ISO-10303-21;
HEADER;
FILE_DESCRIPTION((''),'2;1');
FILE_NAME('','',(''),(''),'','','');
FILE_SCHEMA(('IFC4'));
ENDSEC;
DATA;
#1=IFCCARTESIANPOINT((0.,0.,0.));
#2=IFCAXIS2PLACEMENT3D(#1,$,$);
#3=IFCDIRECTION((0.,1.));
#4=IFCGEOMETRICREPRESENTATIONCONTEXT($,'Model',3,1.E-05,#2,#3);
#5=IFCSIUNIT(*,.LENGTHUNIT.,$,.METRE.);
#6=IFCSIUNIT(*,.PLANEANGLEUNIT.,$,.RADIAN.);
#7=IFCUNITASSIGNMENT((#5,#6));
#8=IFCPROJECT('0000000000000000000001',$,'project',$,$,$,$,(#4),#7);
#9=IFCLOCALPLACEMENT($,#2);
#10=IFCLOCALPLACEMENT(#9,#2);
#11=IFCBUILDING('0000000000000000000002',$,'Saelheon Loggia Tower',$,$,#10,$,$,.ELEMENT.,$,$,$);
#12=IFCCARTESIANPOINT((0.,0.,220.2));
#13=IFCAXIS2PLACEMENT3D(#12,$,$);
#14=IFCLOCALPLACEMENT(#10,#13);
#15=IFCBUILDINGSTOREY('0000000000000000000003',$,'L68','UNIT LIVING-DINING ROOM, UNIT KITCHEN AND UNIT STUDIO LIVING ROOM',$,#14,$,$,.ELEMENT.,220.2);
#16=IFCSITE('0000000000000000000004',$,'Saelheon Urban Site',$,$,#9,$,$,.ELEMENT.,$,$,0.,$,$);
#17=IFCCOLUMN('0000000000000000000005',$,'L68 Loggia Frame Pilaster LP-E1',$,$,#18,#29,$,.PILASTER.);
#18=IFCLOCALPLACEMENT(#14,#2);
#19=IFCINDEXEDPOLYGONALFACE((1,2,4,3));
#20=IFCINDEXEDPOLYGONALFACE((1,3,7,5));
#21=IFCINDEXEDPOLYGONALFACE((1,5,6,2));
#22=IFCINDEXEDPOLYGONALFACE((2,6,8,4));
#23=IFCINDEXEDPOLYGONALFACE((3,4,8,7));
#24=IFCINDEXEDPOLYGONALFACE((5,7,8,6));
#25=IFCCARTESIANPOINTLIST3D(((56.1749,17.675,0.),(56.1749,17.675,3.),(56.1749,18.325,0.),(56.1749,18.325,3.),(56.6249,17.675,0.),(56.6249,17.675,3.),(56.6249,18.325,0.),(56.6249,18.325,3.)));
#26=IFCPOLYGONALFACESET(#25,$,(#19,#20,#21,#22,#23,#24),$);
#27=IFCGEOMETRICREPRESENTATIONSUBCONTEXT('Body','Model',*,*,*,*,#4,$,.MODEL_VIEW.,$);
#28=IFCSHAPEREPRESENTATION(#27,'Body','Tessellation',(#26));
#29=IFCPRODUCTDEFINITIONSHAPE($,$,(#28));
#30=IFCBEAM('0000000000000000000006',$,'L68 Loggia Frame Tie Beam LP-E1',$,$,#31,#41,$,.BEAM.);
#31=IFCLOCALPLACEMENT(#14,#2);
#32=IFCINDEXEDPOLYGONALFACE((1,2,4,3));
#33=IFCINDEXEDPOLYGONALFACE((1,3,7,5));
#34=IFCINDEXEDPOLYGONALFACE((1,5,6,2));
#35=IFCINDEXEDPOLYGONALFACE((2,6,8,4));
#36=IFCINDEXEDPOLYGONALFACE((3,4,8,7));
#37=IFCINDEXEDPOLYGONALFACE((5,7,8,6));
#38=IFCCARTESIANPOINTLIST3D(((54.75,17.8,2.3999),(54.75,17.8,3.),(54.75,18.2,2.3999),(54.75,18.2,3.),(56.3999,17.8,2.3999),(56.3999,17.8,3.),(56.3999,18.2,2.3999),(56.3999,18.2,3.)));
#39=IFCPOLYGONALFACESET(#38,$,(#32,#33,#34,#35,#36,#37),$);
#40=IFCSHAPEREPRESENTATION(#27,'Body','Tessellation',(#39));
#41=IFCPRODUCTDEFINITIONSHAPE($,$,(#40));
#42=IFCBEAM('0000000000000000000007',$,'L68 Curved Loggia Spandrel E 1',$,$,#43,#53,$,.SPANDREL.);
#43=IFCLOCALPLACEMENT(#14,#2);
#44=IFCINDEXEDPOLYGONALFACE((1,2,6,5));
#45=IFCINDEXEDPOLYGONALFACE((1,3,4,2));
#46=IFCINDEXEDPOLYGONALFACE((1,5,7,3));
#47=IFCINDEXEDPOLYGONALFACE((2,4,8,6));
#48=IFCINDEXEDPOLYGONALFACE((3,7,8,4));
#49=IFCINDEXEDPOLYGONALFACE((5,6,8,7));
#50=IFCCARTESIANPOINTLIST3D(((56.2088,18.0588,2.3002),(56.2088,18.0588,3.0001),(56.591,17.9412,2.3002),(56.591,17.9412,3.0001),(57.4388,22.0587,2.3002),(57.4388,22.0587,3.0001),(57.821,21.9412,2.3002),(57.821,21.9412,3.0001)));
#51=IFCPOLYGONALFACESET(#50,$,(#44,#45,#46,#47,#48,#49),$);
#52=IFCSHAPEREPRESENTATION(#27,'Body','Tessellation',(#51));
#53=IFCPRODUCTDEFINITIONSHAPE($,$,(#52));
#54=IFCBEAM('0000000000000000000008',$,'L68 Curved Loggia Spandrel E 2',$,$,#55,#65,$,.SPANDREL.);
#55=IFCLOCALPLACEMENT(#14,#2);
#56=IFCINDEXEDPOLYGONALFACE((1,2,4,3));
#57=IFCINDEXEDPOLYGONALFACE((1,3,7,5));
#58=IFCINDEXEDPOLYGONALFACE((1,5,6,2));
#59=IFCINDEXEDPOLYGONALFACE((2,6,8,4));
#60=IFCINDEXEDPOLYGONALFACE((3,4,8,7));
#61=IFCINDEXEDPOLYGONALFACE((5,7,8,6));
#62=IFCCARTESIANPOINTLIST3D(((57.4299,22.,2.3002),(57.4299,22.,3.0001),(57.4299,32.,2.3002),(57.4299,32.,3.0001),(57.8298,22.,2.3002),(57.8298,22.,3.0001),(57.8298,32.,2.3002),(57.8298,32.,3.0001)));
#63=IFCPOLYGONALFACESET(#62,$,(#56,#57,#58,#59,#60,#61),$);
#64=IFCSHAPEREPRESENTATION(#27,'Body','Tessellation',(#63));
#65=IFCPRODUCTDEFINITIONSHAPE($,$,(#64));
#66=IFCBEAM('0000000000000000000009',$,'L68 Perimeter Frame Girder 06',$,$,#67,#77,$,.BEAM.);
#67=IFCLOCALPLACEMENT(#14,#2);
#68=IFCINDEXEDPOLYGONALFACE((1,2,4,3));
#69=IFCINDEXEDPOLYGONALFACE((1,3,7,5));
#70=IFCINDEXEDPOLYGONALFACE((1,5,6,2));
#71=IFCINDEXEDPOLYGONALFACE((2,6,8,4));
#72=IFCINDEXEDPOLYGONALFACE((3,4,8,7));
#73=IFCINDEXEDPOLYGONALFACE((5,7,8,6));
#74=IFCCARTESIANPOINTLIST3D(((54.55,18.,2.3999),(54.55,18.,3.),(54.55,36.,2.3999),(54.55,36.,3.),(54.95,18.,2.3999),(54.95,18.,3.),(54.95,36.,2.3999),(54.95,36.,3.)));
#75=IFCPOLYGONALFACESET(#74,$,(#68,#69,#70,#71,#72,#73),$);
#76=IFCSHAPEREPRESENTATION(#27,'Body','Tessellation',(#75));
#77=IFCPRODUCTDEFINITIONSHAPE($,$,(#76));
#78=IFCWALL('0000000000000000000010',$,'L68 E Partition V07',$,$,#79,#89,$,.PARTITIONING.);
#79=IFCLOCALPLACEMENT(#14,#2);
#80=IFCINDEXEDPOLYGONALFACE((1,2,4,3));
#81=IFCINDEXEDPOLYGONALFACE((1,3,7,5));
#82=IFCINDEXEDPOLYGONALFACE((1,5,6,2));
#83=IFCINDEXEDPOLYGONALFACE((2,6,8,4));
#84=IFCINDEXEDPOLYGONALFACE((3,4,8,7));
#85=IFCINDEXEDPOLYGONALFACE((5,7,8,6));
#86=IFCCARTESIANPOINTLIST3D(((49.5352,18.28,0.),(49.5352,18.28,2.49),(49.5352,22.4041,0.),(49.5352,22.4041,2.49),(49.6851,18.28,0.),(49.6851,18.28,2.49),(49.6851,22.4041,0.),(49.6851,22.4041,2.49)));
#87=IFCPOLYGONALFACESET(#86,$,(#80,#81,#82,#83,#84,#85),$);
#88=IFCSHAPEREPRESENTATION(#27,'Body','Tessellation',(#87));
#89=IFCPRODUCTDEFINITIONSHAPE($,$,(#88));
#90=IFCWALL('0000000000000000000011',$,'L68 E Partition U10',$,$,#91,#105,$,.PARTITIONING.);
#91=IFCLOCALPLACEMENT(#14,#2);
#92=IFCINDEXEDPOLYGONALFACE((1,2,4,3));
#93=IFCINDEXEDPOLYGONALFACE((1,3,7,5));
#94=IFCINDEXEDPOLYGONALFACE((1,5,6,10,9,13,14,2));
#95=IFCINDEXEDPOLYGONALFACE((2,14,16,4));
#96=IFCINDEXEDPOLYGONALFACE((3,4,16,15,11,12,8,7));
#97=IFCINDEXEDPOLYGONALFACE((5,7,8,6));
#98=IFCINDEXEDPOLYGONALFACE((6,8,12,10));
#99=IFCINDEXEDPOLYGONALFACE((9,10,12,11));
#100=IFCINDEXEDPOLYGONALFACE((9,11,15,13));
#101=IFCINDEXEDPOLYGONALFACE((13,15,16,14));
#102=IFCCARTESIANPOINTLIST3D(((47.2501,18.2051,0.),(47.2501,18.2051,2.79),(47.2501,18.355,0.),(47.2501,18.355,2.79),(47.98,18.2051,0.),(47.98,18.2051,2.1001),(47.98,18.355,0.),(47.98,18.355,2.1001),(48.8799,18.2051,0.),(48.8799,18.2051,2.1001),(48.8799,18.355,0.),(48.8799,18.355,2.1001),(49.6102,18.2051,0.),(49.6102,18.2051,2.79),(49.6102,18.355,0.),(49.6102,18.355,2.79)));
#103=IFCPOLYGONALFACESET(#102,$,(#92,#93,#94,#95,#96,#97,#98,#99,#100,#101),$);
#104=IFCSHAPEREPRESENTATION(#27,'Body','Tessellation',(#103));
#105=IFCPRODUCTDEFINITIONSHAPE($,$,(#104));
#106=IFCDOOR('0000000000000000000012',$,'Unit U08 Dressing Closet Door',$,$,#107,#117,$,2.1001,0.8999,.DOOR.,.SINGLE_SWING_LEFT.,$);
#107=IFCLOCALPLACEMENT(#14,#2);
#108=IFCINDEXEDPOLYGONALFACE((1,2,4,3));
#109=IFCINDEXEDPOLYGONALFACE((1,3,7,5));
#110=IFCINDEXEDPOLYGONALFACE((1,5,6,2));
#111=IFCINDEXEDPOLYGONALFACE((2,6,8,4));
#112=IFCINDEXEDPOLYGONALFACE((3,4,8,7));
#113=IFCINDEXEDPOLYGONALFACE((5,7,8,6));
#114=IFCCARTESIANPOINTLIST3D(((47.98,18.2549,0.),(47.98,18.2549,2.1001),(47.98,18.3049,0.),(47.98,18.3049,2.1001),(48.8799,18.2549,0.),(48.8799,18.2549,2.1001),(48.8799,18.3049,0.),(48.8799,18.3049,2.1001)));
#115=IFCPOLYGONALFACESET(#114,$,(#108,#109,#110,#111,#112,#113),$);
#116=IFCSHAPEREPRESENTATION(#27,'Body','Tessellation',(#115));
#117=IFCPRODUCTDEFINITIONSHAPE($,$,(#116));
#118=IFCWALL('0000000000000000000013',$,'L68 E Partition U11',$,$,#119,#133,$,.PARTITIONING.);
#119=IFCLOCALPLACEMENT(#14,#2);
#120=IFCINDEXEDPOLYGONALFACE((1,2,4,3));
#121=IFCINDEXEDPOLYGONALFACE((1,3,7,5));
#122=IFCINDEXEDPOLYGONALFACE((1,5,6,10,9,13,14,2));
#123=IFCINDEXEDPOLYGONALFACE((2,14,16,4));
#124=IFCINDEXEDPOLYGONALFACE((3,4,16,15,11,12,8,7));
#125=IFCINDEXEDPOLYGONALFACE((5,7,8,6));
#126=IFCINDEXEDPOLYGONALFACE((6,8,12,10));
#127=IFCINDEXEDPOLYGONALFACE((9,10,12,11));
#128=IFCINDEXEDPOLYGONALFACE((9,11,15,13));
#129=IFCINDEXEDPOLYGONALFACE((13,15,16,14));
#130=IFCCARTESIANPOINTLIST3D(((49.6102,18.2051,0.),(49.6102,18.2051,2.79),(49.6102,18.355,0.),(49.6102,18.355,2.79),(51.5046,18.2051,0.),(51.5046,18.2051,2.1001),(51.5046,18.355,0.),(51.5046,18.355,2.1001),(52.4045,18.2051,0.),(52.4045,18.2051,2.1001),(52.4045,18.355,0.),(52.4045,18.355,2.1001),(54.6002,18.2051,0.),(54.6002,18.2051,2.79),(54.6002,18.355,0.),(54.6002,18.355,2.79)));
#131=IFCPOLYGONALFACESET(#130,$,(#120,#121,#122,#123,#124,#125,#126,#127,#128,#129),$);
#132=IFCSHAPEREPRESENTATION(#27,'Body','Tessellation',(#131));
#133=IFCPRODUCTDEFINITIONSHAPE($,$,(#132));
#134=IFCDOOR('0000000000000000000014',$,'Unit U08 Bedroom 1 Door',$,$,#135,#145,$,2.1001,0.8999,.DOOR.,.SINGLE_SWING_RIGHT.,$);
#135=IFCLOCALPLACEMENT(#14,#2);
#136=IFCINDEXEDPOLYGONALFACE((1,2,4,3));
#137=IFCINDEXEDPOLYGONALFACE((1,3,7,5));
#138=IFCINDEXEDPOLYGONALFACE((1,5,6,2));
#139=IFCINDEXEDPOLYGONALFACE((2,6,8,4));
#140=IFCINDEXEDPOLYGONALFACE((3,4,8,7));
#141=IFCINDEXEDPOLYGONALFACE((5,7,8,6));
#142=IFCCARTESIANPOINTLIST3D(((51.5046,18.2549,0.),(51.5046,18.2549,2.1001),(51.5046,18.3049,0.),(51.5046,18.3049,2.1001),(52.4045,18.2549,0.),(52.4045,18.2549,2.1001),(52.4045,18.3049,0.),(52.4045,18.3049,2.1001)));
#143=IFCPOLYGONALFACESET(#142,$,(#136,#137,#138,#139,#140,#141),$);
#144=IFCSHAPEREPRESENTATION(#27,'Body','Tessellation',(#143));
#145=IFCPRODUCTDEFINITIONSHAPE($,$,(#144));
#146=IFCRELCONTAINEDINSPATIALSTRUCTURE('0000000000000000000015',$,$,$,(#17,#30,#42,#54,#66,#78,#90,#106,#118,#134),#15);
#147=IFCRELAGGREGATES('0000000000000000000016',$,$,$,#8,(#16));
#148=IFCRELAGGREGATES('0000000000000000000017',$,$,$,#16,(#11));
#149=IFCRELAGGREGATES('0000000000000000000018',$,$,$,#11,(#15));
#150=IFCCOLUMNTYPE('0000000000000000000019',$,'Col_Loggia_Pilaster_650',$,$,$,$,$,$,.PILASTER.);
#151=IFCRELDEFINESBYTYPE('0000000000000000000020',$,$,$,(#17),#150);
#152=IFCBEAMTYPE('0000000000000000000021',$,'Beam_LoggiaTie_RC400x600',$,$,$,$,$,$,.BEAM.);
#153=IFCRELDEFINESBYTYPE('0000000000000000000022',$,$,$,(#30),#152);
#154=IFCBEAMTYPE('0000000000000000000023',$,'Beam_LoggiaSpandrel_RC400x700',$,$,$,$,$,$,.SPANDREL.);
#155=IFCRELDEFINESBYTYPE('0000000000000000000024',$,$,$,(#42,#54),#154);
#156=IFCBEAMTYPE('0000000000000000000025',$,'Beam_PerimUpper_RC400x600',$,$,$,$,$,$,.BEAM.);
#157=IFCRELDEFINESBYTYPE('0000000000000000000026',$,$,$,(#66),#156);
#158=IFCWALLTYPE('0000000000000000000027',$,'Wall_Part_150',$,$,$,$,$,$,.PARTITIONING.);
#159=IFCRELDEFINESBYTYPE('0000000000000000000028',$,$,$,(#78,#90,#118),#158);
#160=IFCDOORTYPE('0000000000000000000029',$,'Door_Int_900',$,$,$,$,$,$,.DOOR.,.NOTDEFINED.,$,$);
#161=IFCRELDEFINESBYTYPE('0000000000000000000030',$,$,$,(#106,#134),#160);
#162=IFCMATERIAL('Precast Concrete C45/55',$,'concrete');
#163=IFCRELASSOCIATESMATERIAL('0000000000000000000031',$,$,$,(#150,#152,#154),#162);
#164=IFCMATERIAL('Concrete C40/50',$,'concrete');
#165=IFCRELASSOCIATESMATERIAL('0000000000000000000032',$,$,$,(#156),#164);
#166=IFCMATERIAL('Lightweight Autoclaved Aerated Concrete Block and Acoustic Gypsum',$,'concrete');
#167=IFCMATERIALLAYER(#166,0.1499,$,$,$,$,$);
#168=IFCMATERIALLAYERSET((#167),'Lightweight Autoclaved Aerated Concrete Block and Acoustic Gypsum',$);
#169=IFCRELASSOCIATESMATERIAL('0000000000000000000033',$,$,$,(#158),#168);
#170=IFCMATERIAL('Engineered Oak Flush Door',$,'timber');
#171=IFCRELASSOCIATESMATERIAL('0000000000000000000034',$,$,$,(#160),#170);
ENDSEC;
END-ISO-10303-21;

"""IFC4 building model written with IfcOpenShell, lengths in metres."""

from ifc_helpers import new_model, si_unit, direction, frame, frame_2d, origin, origin_2d, place, context, subcontext, project, spatial, rectangle, extrude, source, transform, mapped, material, layer, layer_set, material_profile, profile_set, type_object, element, fill, save


model = new_model("IFC4")

# Units and contexts
model_context = context("Model", 3, precision=1e-05, world=origin(), true_north=direction((0.0, 1.0)))
body_context = subcontext(model_context, "Body", "Model", "MODEL_VIEW")
ifc_project = project(units=[si_unit("LENGTHUNIT", "METRE"), si_unit("PLANEANGLEUNIT", "RADIAN")], contexts=[model_context])

# Site, building, storey
site_placement = place(None, origin())
site = spatial("IfcSite", under=ifc_project, at=site_placement, Name="Saelheon Urban Site", CompositionType="ELEMENT", RefElevation=0.0)
building_placement = place(site_placement, origin())
building = spatial("IfcBuilding", under=site, at=building_placement, Name="Saelheon Loggia Tower", CompositionType="ELEMENT")
storey_placement = place(building_placement, frame((0.0, 0.0, 220.2)))
storey = spatial("IfcBuildingStorey", under=building, at=storey_placement, Name="L68", Description="UNIT LIVING-DINING ROOM, UNIT KITCHEN AND UNIT STUDIO LIVING ROOM", CompositionType="ELEMENT", Elevation=220.2)

# Column
ifc_material_1 = material(Name="Precast Concrete C45/55", Category="concrete")
ifc_material_profile_1 = material_profile(ifc_material_1, rectangle(XDim=0.45, YDim=0.6499, at=origin_2d()), Name="RC-450x650")
ifc_profile_set_1 = profile_set([ifc_material_profile_1], Name="Precast Concrete C45/55")
column_type = type_object("IfcColumnType", Name="Col_Loggia_Pilaster_650", PredefinedType="PILASTER", material=ifc_profile_set_1)
shared_shape_1 = source(origin(), body_context, "Body", "SweptSolid", [
    extrude(rectangle(XDim=0.45, YDim=0.6499, at=origin_2d()), origin(), (0.0, 0.0, 1.0), 3.0),
])
column_placement = place(storey_placement, frame((56.3999, 18.0, 0.0), z_axis=(0.0, 0.0, 1.0), x_axis=(1.0, 0.0, 0.0)))
element("IfcColumn", 1, at=column_placement, inside=storey, type_object=column_type, Name="L68 Loggia Frame Pilaster LP-E1", PredefinedType="PILASTER", context=body_context, shape_type="MappedRepresentation", body=[
    mapped(shared_shape_1, transform((0.0, 0.0, 0.0), scale=1.0)),
])

# Beams
ifc_material_profile_2 = material_profile(ifc_material_1, rectangle(XDim=0.3999, YDim=0.6001, at=origin_2d()), Name="RC-400x600")
ifc_profile_set_2 = profile_set([ifc_material_profile_2], Name="Precast Concrete C45/55")
beam_type_1 = type_object("IfcBeamType", Name="Beam_LoggiaTie_RC400x600", PredefinedType="BEAM", material=ifc_profile_set_2)
shared_shape_2 = source(origin(), body_context, "Body", "SweptSolid", [
    extrude(rectangle(XDim=0.3999, YDim=0.6001, at=origin_2d()), origin(), (0.0, 0.0, 1.0), 1.6499),
])
beam_1_placement = place(storey_placement, frame((54.75, 18.0, 2.7), z_axis=(1.0, 0.0, 0.0), x_axis=(0.0, 1.0, 0.0)))
element("IfcBeam", 2, at=beam_1_placement, inside=storey, type_object=beam_type_1, Name="L68 Loggia Frame Tie Beam LP-E1", PredefinedType="BEAM", context=body_context, shape_type="MappedRepresentation", body=[
    mapped(shared_shape_2, transform((0.0, 0.0, 0.0), scale=1.0)),
])
ifc_material_profile_3 = material_profile(ifc_material_1, rectangle(XDim=0.3999, YDim=0.7, at=origin_2d()), Name="RC-400x700")
ifc_profile_set_3 = profile_set([ifc_material_profile_3], Name="Precast Concrete C45/55")
beam_type_2 = type_object("IfcBeamType", Name="Beam_LoggiaSpandrel_RC400x700", PredefinedType="SPANDREL", material=ifc_profile_set_3)
shared_shape_3 = source(origin(), body_context, "Body", "SweptSolid", [
    extrude(rectangle(XDim=0.3999, YDim=0.7, at=origin_2d()), origin(), (0.0, 0.0, 1.0), 4.1848),
])
beam_2_placement = place(storey_placement, frame((56.3999, 18.0, 2.6501), z_axis=(0.293914, 0.955832, 0.0), x_axis=(-0.955832, 0.293914, 0.0)))
element("IfcBeam", 3, at=beam_2_placement, inside=storey, type_object=beam_type_2, Name="L68 Curved Loggia Spandrel E 1", PredefinedType="SPANDREL", context=body_context, shape_type="MappedRepresentation", body=[
    mapped(shared_shape_3, transform((0.0, 0.0, 0.0), scale=1.0)),
])
shared_shape_4 = source(origin(), body_context, "Body", "SweptSolid", [
    extrude(rectangle(XDim=0.3999, YDim=0.7, at=origin_2d()), origin(), (0.0, 0.0, 1.0), 10.0),
])
beam_3_placement = place(storey_placement, frame((57.6299, 22.0, 2.6501), z_axis=(0.0, 1.0, 0.0), x_axis=(-1.0, 0.0, 0.0)))
element("IfcBeam", 4, at=beam_3_placement, inside=storey, type_object=beam_type_2, Name="L68 Curved Loggia Spandrel E 2", PredefinedType="SPANDREL", context=body_context, shape_type="MappedRepresentation", body=[
    mapped(shared_shape_4, transform((0.0, 0.0, 0.0), scale=1.0)),
])
ifc_material_2 = material(Name="Concrete C40/50", Category="concrete")
ifc_material_profile_4 = material_profile(ifc_material_2, rectangle(XDim=0.3999, YDim=0.6001, at=origin_2d()), Name="RC-400x600")
ifc_profile_set_4 = profile_set([ifc_material_profile_4], Name="Concrete C40/50")
beam_type_3 = type_object("IfcBeamType", Name="Beam_PerimUpper_RC400x600", PredefinedType="BEAM", material=ifc_profile_set_4)
shared_shape_5 = source(origin(), body_context, "Body", "SweptSolid", [
    extrude(rectangle(XDim=0.3999, YDim=0.6001, at=origin_2d()), origin(), (0.0, 0.0, 1.0), 18.0),
])
beam_4_placement = place(storey_placement, frame((54.75, 18.0, 2.7), z_axis=(0.0, 1.0, 0.0), x_axis=(-1.0, 0.0, 0.0)))
element("IfcBeam", 5, at=beam_4_placement, inside=storey, type_object=beam_type_3, Name="L68 Perimeter Frame Girder 06", PredefinedType="BEAM", context=body_context, shape_type="MappedRepresentation", body=[
    mapped(shared_shape_5, transform((0.0, 0.0, 0.0), scale=1.0)),
])

# Wall
ifc_material_3 = material(Name="Lightweight Autoclaved Aerated Concrete Block and Acoustic Gypsum", Category="concrete")
ifc_layer_1 = layer(ifc_material_3, 0.1499)
ifc_layer_set_1 = layer_set([ifc_layer_1], Name="Lightweight Autoclaved Aerated Concrete Block and Acoustic Gypsum")
wall_type_1 = type_object("IfcWallType", Name="Wall_Part_150", PredefinedType="PARTITIONING", material=ifc_layer_set_1)
wall_1_placement = place(storey_placement, frame((49.6101, 18.28, 0.0), z_axis=(0.0, 0.0, 1.0), x_axis=(0.0, 1.0, 0.0)))
element("IfcWall", 6, at=wall_1_placement, inside=storey, type_object=wall_type_1, Name="L68 E Partition V07", PredefinedType="PARTITIONING", context=body_context, shape_type="SweptSolid", body=[
    extrude(rectangle(XDim=4.124, YDim=0.1499, at=frame_2d((2.062, 0.0))), origin(), (0.0, 0.0, 1.0), 2.49),
])

# Walls, openings, doors
wall_2_placement = place(storey_placement, frame((47.25, 18.28, 0.0), z_axis=(0.0, 0.0, 1.0), x_axis=(1.0, 0.0, 0.0)))
wall_2 = element("IfcWall", 7, at=wall_2_placement, inside=storey, type_object=wall_type_1, Name="L68 E Partition U10", PredefinedType="PARTITIONING", context=body_context, shape_type="SweptSolid", body=[
    extrude(rectangle(XDim=2.3601, YDim=0.1499, at=frame_2d((1.1802, 0.0))), origin(), (0.0, 0.0, 1.0), 2.79),
])
opening_1_placement = place(wall_2_placement, frame((0.73, 0.0, 0.0)))
opening_1 = element("IfcOpeningElement", 8, at=opening_1_placement, cuts=wall_2, PredefinedType="OPENING", context=body_context, shape_type="SweptSolid", body=[
    extrude(rectangle(XDim=0.8999, YDim=2.1001, at=frame_2d((0.45, 1.05))), frame((0.0, 0.0869, 0.0), z_axis=(0.0, -1.0, 0.0), x_axis=(1.0, 0.0, 0.0)), (0.0, 0.0, 1.0), 0.1738),
])
ifc_material_4 = material(Name="Engineered Oak Flush Door", Category="timber")
door_type_1 = type_object("IfcDoorType", Name="Door_Int_900", OperationType="NOTDEFINED", PredefinedType="DOOR", material=ifc_material_4)
shared_shape_6 = source(origin(), body_context, "Body", "SweptSolid", [
    extrude(rectangle(XDim=0.8999, YDim=2.1001, at=frame_2d((0.45, 1.05))), frame((0.0, 0.0249, 0.0), z_axis=(0.0, -1.0, 0.0), x_axis=(1.0, 0.0, 0.0)), (0.0, 0.0, 1.0), 0.05),
])
door_1_placement = place(opening_1_placement, origin())
door_1 = element("IfcDoor", 9, at=door_1_placement, inside=storey, type_object=door_type_1, Name="Unit U08 Dressing Closet Door", OperationType="SINGLE_SWING_LEFT", OverallHeight=2.1001, OverallWidth=0.8999, PredefinedType="DOOR", context=body_context, shape_type="MappedRepresentation", body=[
    mapped(shared_shape_6, transform((0.0, 0.0, 0.0), scale=1.0)),
])
fill(opening_1, door_1)
wall_3_placement = place(storey_placement, frame((49.6101, 18.28, 0.0), z_axis=(0.0, 0.0, 1.0), x_axis=(1.0, 0.0, 0.0)))
wall_3 = element("IfcWall", 10, at=wall_3_placement, inside=storey, type_object=wall_type_1, Name="L68 E Partition U11", PredefinedType="PARTITIONING", context=body_context, shape_type="SweptSolid", body=[
    extrude(rectangle(XDim=4.99, YDim=0.1499, at=frame_2d((2.4951, 0.0))), origin(), (0.0, 0.0, 1.0), 2.79),
])
opening_2_placement = place(wall_3_placement, frame((1.8945, 0.0, 0.0)))
opening_2 = element("IfcOpeningElement", 11, at=opening_2_placement, cuts=wall_3, PredefinedType="OPENING", context=body_context, shape_type="SweptSolid", body=[
    extrude(rectangle(XDim=0.8999, YDim=2.1001, at=frame_2d((0.45, 1.05))), frame((0.0, 0.0869, 0.0), z_axis=(0.0, -1.0, 0.0), x_axis=(1.0, 0.0, 0.0)), (0.0, 0.0, 1.0), 0.1738),
])
door_2_placement = place(opening_2_placement, origin())
door_2 = element("IfcDoor", 12, at=door_2_placement, inside=storey, type_object=door_type_1, Name="Unit U08 Bedroom 1 Door", OperationType="SINGLE_SWING_RIGHT", OverallHeight=2.1001, OverallWidth=0.8999, PredefinedType="DOOR", context=body_context, shape_type="MappedRepresentation", body=[
    mapped(shared_shape_6, transform((0.0, 0.0, 0.0), scale=1.0)),
])
fill(opening_2, door_2)

save(model, "model.ifc")
